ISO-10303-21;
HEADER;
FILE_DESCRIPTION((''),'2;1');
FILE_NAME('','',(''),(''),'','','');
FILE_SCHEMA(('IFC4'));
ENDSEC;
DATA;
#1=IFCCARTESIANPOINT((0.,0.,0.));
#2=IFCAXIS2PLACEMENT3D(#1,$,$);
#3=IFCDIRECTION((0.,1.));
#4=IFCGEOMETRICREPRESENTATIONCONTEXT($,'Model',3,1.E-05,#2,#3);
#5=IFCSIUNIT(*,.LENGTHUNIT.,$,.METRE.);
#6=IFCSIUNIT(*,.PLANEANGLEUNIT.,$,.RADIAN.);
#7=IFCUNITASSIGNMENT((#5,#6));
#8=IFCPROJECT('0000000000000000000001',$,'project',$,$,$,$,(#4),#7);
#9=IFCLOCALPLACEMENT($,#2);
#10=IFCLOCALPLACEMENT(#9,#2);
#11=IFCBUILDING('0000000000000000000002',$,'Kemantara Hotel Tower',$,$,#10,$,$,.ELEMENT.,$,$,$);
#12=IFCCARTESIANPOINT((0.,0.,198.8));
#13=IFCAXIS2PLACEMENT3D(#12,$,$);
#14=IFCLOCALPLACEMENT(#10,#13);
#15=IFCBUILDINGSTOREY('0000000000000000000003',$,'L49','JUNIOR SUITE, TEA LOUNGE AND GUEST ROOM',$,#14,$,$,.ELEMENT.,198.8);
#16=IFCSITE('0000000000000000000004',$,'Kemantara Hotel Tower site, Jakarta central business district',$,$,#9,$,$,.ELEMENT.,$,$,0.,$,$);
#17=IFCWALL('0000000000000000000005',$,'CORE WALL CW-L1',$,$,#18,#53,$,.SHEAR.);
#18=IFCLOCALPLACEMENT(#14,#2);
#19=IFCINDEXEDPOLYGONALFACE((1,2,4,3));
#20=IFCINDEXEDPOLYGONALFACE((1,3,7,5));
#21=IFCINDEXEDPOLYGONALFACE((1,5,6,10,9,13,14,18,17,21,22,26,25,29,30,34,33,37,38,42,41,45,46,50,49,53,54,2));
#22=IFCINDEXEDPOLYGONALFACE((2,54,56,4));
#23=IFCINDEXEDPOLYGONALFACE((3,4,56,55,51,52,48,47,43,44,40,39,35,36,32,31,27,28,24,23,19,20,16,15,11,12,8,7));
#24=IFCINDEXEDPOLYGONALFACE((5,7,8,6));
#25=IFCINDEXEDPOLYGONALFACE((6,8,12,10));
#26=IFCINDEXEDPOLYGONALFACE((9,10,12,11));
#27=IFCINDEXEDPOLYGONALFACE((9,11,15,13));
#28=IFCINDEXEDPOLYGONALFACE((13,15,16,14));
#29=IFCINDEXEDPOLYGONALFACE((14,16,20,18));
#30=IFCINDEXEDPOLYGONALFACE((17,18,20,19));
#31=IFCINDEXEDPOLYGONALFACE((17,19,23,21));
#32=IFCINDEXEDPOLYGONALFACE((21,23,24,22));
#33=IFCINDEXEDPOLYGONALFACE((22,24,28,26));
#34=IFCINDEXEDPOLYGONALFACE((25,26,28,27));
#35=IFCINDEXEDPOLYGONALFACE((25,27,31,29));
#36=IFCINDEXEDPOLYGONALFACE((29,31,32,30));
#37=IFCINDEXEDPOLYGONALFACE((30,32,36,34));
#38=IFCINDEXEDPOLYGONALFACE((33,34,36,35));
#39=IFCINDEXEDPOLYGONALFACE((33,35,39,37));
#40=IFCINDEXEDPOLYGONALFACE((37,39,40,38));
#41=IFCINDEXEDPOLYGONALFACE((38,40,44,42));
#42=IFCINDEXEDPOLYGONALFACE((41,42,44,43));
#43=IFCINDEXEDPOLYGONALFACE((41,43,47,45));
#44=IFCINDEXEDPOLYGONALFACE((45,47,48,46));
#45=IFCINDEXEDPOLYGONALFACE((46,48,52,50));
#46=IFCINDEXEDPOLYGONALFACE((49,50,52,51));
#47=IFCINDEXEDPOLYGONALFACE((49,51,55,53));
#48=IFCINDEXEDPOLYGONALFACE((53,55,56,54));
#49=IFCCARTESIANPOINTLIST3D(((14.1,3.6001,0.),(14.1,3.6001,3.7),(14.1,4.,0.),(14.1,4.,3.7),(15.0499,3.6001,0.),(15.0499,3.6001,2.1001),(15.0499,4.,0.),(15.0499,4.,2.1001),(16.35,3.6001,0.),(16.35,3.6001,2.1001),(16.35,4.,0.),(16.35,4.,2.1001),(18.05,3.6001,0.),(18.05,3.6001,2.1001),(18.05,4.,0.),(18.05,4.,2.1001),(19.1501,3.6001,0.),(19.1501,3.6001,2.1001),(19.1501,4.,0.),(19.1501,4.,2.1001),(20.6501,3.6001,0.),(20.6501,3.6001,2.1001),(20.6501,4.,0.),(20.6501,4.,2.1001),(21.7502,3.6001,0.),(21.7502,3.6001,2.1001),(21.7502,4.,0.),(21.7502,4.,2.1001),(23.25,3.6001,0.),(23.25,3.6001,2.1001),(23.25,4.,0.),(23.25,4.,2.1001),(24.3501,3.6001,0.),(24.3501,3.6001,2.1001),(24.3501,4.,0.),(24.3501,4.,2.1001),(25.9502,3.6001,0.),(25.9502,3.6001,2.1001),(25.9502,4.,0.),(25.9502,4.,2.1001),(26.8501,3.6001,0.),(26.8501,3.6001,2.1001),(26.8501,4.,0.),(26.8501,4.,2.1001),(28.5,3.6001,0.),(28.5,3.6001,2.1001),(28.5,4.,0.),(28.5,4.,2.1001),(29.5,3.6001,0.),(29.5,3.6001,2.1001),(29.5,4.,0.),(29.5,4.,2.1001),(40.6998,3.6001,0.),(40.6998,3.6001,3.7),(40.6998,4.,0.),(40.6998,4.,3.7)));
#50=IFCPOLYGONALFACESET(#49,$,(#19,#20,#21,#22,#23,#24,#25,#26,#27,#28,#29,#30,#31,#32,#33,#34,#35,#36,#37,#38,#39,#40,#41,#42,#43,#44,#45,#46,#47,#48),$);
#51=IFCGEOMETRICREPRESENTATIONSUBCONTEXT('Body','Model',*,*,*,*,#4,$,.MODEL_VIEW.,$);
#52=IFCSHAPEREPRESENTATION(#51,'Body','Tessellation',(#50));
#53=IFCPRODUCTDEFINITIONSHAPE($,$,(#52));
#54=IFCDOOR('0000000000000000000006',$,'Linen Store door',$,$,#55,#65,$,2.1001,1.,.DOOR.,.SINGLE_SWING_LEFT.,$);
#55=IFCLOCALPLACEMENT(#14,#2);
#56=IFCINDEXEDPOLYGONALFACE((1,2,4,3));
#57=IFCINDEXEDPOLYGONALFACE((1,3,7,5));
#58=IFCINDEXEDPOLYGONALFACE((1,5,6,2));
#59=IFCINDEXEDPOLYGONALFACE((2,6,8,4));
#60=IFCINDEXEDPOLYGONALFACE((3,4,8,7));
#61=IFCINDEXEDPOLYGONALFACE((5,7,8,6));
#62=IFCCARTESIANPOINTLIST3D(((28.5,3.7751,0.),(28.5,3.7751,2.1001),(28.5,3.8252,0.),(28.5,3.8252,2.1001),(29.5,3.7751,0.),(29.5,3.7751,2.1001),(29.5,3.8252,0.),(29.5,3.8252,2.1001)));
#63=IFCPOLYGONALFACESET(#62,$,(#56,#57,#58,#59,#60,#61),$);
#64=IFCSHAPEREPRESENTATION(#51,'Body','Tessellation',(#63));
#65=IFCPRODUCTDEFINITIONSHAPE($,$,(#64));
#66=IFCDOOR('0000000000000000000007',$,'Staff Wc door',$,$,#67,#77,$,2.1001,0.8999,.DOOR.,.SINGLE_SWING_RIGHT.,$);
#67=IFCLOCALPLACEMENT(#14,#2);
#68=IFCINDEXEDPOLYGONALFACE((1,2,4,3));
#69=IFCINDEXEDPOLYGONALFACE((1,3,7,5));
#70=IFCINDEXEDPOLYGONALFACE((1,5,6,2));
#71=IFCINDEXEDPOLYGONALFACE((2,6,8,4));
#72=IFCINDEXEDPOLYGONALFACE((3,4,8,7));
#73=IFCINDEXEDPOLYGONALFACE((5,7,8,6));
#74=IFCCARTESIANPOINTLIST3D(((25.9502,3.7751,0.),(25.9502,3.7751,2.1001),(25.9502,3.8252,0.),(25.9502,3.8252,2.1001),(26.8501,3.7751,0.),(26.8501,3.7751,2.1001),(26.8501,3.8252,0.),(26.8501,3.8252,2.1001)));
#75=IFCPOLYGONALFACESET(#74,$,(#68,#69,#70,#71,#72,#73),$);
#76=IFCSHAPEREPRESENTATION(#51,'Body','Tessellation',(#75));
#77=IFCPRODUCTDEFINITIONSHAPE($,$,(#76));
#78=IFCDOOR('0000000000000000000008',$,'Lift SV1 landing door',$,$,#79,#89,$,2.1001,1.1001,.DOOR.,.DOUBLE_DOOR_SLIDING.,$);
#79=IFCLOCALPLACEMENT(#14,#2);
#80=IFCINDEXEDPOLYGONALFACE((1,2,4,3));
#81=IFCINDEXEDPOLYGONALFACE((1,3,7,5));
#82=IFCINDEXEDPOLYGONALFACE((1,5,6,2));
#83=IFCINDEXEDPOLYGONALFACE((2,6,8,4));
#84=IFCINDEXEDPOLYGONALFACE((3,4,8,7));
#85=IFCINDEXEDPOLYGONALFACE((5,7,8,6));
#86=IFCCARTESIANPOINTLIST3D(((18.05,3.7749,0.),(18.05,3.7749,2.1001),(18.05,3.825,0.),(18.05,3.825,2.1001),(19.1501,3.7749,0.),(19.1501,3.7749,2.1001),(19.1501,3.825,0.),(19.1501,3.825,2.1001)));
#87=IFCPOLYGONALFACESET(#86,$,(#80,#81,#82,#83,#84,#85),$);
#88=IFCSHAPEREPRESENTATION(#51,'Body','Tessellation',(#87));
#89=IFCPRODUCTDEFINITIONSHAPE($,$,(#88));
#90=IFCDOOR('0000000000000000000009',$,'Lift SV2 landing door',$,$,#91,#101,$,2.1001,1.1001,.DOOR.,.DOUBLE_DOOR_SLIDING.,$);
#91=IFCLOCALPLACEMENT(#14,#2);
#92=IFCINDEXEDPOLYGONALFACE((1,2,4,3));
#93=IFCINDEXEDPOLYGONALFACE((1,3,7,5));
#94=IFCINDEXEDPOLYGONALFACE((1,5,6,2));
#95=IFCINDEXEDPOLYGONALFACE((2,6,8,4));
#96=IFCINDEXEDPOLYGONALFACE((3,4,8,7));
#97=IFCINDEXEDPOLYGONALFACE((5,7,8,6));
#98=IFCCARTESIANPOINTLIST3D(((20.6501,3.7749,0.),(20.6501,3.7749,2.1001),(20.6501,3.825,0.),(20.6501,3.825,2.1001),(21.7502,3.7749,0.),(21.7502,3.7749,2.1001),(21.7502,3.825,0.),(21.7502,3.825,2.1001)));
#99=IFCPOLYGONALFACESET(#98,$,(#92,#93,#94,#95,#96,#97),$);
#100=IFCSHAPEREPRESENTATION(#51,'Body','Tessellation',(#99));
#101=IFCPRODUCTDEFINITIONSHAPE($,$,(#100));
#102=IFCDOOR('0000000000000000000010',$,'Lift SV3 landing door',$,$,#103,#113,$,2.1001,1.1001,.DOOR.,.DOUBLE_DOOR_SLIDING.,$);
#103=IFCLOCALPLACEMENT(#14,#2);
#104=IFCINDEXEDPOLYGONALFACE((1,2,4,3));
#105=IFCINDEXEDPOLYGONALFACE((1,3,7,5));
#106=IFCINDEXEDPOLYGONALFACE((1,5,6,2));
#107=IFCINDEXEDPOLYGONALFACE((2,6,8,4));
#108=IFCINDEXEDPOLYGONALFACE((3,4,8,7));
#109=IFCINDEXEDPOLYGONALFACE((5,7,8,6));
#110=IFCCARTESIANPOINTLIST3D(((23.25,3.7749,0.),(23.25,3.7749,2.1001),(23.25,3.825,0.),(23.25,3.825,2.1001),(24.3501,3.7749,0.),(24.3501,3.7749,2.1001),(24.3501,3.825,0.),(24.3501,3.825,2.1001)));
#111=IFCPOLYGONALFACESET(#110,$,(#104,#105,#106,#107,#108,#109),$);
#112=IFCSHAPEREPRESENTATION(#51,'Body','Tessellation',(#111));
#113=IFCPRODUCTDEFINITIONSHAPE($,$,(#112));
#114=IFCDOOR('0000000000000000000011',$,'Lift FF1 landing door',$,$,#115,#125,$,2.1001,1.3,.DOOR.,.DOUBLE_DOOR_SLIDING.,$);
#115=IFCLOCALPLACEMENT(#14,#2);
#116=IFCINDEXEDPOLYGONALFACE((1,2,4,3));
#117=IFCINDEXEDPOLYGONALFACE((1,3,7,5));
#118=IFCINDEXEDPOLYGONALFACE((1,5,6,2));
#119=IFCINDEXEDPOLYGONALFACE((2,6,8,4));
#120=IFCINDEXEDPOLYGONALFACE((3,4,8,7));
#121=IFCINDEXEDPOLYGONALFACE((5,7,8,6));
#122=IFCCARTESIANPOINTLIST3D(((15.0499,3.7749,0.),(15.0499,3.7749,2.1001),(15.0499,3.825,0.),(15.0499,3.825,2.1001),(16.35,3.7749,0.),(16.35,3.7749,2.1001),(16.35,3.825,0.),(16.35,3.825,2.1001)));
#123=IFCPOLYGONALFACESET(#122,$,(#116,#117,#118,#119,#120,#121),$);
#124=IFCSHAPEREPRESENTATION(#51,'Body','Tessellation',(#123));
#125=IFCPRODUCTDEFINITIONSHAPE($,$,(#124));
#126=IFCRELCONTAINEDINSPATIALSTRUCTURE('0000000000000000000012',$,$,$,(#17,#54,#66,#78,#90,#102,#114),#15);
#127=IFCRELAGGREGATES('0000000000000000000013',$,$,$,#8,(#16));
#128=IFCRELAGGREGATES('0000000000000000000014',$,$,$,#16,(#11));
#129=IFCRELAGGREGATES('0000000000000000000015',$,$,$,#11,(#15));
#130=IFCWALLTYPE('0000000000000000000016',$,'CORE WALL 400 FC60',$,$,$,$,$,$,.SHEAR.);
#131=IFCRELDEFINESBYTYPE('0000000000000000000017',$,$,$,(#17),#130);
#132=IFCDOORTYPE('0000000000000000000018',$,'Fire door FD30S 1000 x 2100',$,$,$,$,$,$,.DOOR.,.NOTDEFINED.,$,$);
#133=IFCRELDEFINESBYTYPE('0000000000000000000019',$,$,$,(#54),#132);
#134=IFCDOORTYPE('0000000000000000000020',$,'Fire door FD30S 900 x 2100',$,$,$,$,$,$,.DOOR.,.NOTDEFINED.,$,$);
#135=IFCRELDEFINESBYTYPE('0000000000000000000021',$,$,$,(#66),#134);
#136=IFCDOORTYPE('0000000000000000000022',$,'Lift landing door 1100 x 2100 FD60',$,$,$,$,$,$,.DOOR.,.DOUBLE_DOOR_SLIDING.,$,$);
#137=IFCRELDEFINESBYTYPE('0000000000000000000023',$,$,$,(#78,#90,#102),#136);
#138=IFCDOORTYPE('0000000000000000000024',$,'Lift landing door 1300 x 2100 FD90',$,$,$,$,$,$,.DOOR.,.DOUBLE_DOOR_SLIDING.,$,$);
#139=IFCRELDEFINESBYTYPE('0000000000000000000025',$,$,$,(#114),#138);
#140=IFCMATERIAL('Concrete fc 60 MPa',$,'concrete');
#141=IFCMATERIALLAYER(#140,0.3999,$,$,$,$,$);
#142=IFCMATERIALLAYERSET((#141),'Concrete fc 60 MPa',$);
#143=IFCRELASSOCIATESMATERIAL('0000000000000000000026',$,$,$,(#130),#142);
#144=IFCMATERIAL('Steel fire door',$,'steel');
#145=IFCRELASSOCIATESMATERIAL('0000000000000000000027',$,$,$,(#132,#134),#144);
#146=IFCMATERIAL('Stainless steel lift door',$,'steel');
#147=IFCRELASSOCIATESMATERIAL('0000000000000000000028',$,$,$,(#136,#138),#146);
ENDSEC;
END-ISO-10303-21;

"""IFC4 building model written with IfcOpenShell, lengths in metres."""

from ifc_helpers import new_model, si_unit, direction, frame, frame_2d, origin, place, context, subcontext, project, spatial, rectangle, extrude, material, layer, layer_set, type_object, element, fill, save


model = new_model("IFC4")

# Units and contexts
model_context = context("Model", 3, precision=1e-05, world=origin(), true_north=direction((0.0, 1.0)))
body_context = subcontext(model_context, "Body", "Model", "MODEL_VIEW")
ifc_project = project(units=[si_unit("LENGTHUNIT", "METRE"), si_unit("PLANEANGLEUNIT", "RADIAN")], contexts=[model_context])

# Site, building, storey
site_placement = place(None, origin())
site = spatial("IfcSite", under=ifc_project, at=site_placement, Name="Kemantara Hotel Tower site, Jakarta central business district", CompositionType="ELEMENT", RefElevation=0.0)
building_placement = place(site_placement, origin())
building = spatial("IfcBuilding", under=site, at=building_placement, Name="Kemantara Hotel Tower", CompositionType="ELEMENT")
storey_placement = place(building_placement, frame((0.0, 0.0, 198.8)))
storey = spatial("IfcBuildingStorey", under=building, at=storey_placement, Name="L49", Description="JUNIOR SUITE, TEA LOUNGE AND GUEST ROOM", CompositionType="ELEMENT", Elevation=198.8)

# Shared definitions
ifc_material_1 = material(Name="Concrete fc 60 MPa", Category="concrete")
ifc_layer_1 = layer(ifc_material_1, 0.3999)
ifc_layer_set_1 = layer_set([ifc_layer_1], Name="Concrete fc 60 MPa")
wall_type_1 = type_object("IfcWallType", Name="CORE WALL 400 FC60", PredefinedType="SHEAR", material=ifc_layer_set_1)

# Wall, openings, doors
wall_1_placement = place(storey_placement, frame((14.1001, 3.8, 0.0), z_axis=(0.0, 0.0, 1.0), x_axis=(1.0, 0.0, 0.0)))
wall_1 = element("IfcWall", 1, at=wall_1_placement, inside=storey, type_object=wall_type_1, Name="CORE WALL CW-L1", PredefinedType="SHEAR", context=body_context, shape_type="SweptSolid", body=[
    extrude(rectangle(XDim=26.5999, YDim=0.3999, at=frame_2d((13.2998, 0.0))), origin(), (0.0, 0.0, 1.0), 3.7),
])
opening_1_placement = place(wall_1_placement, frame((0.95, 0.0, 0.0)))
opening_1 = element("IfcOpeningElement", 2, at=opening_1_placement, cuts=wall_1, PredefinedType="OPENING", context=body_context, shape_type="SweptSolid", body=[
    extrude(rectangle(XDim=1.3, YDim=2.1001, at=frame_2d((0.6499, 1.05))), frame((0.0, 0.21, 0.0), z_axis=(0.0, -1.0, 0.0), x_axis=(1.0, 0.0, 0.0)), (0.0, 0.0, 1.0), 0.4199),
])
opening_2_placement = place(wall_1_placement, frame((3.95, 0.0, 0.0)))
opening_2 = element("IfcOpeningElement", 3, at=opening_2_placement, cuts=wall_1, PredefinedType="OPENING", context=body_context, shape_type="SweptSolid", body=[
    extrude(rectangle(XDim=1.1001, YDim=2.1001, at=frame_2d((0.55, 1.05))), frame((0.0, 0.21, 0.0), z_axis=(0.0, -1.0, 0.0), x_axis=(1.0, 0.0, 0.0)), (0.0, 0.0, 1.0), 0.4199),
])
opening_3_placement = place(wall_1_placement, frame((6.55, 0.0, 0.0)))
opening_3 = element("IfcOpeningElement", 4, at=opening_3_placement, cuts=wall_1, PredefinedType="OPENING", context=body_context, shape_type="SweptSolid", body=[
    extrude(rectangle(XDim=1.1001, YDim=2.1001, at=frame_2d((0.55, 1.05))), frame((0.0, 0.21, 0.0), z_axis=(0.0, -1.0, 0.0), x_axis=(1.0, 0.0, 0.0)), (0.0, 0.0, 1.0), 0.4199),
])
opening_4_placement = place(wall_1_placement, frame((9.1499, 0.0, 0.0)))
opening_4 = element("IfcOpeningElement", 5, at=opening_4_placement, cuts=wall_1, PredefinedType="OPENING", context=body_context, shape_type="SweptSolid", body=[
    extrude(rectangle(XDim=1.1001, YDim=2.1001, at=frame_2d((0.55, 1.05))), frame((0.0, 0.21, 0.0), z_axis=(0.0, -1.0, 0.0), x_axis=(1.0, 0.0, 0.0)), (0.0, 0.0, 1.0), 0.4199),
])
opening_5_placement = place(wall_1_placement, frame((11.8501, 0.0, 0.0)))
opening_5 = element("IfcOpeningElement", 6, at=opening_5_placement, cuts=wall_1, PredefinedType="OPENING", context=body_context, shape_type="SweptSolid", body=[
    extrude(rectangle(XDim=0.8999, YDim=2.1001, at=frame_2d((0.45, 1.05))), frame((0.0, 0.21, 0.0), z_axis=(0.0, -1.0, 0.0), x_axis=(1.0, 0.0, 0.0)), (0.0, 0.0, 1.0), 0.4199),
])
opening_6_placement = place(wall_1_placement, frame((14.3999, 0.0, 0.0)))
opening_6 = element("IfcOpeningElement", 7, at=opening_6_placement, cuts=wall_1, PredefinedType="OPENING", context=body_context, shape_type="SweptSolid", body=[
    extrude(rectangle(XDim=1.0, YDim=2.1001, at=frame_2d((0.5, 1.05))), frame((0.0, 0.21, 0.0), z_axis=(0.0, -1.0, 0.0), x_axis=(1.0, 0.0, 0.0)), (0.0, 0.0, 1.0), 0.4199),
])
ifc_material_2 = material(Name="Steel fire door", Category="steel")
door_type_1 = type_object("IfcDoorType", Name="Fire door FD30S 1000 x 2100", OperationType="NOTDEFINED", PredefinedType="DOOR", material=ifc_material_2)
door_1_placement = place(opening_6_placement, frame((1.0, 0.0, 0.0), z_axis=(0.0, 0.0, 1.0), x_axis=(-1.0, 0.0, 0.0)))
door_1 = element("IfcDoor", 8, at=door_1_placement, inside=storey, type_object=door_type_1, Name="Linen Store door", OperationType="SINGLE_SWING_LEFT", OverallHeight=2.1001, OverallWidth=1.0, PredefinedType="DOOR", context=body_context, shape_type="SweptSolid", body=[
    extrude(rectangle(XDim=1.0, YDim=2.1001, at=frame_2d((0.5, 1.05))), frame((0.0, 0.0249, 0.0), z_axis=(0.0, -1.0, 0.0), x_axis=(1.0, 0.0, 0.0)), (0.0, 0.0, 1.0), 0.05),
])
fill(opening_6, door_1)
door_type_2 = type_object("IfcDoorType", Name="Fire door FD30S 900 x 2100", OperationType="NOTDEFINED", PredefinedType="DOOR", material=ifc_material_2)
door_2_placement = place(opening_5_placement, frame((0.8999, 0.0, 0.0), z_axis=(0.0, 0.0, 1.0), x_axis=(-1.0, 0.0, 0.0)))
door_2 = element("IfcDoor", 9, at=door_2_placement, inside=storey, type_object=door_type_2, Name="Staff Wc door", OperationType="SINGLE_SWING_RIGHT", OverallHeight=2.1001, OverallWidth=0.8999, PredefinedType="DOOR", context=body_context, shape_type="SweptSolid", body=[
    extrude(rectangle(XDim=0.8999, YDim=2.1001, at=frame_2d((0.45, 1.05))), frame((0.0, 0.0249, 0.0), z_axis=(0.0, -1.0, 0.0), x_axis=(1.0, 0.0, 0.0)), (0.0, 0.0, 1.0), 0.05),
])
fill(opening_5, door_2)
ifc_material_3 = material(Name="Stainless steel lift door", Category="steel")
door_type_3 = type_object("IfcDoorType", Name="Lift landing door 1100 x 2100 FD60", OperationType="DOUBLE_DOOR_SLIDING", PredefinedType="DOOR", material=ifc_material_3)
door_3_placement = place(opening_2_placement, origin())
door_3 = element("IfcDoor", 10, at=door_3_placement, inside=storey, type_object=door_type_3, Name="Lift SV1 landing door", OperationType="DOUBLE_DOOR_SLIDING", OverallHeight=2.1001, OverallWidth=1.1001, PredefinedType="DOOR", context=body_context, shape_type="SweptSolid", body=[
    extrude(rectangle(XDim=1.1001, YDim=2.1001, at=frame_2d((0.55, 1.05))), frame((0.0, 0.0249, 0.0), z_axis=(0.0, -1.0, 0.0), x_axis=(1.0, 0.0, 0.0)), (0.0, 0.0, 1.0), 0.05),
])
fill(opening_2, door_3)
door_4_placement = place(opening_3_placement, origin())
door_4 = element("IfcDoor", 11, at=door_4_placement, inside=storey, type_object=door_type_3, Name="Lift SV2 landing door", OperationType="DOUBLE_DOOR_SLIDING", OverallHeight=2.1001, OverallWidth=1.1001, PredefinedType="DOOR", context=body_context, shape_type="SweptSolid", body=[
    extrude(rectangle(XDim=1.1001, YDim=2.1001, at=frame_2d((0.55, 1.05))), frame((0.0, 0.0249, 0.0), z_axis=(0.0, -1.0, 0.0), x_axis=(1.0, 0.0, 0.0)), (0.0, 0.0, 1.0), 0.05),
])
fill(opening_3, door_4)
door_5_placement = place(opening_4_placement, origin())
door_5 = element("IfcDoor", 12, at=door_5_placement, inside=storey, type_object=door_type_3, Name="Lift SV3 landing door", OperationType="DOUBLE_DOOR_SLIDING", OverallHeight=2.1001, OverallWidth=1.1001, PredefinedType="DOOR", context=body_context, shape_type="SweptSolid", body=[
    extrude(rectangle(XDim=1.1001, YDim=2.1001, at=frame_2d((0.55, 1.05))), frame((0.0, 0.0249, 0.0), z_axis=(0.0, -1.0, 0.0), x_axis=(1.0, 0.0, 0.0)), (0.0, 0.0, 1.0), 0.05),
])
fill(opening_4, door_5)
door_type_4 = type_object("IfcDoorType", Name="Lift landing door 1300 x 2100 FD90", OperationType="DOUBLE_DOOR_SLIDING", PredefinedType="DOOR", material=ifc_material_3)
door_6_placement = place(opening_1_placement, origin())
door_6 = element("IfcDoor", 13, at=door_6_placement, inside=storey, type_object=door_type_4, Name="Lift FF1 landing door", OperationType="DOUBLE_DOOR_SLIDING", OverallHeight=2.1001, OverallWidth=1.3, PredefinedType="DOOR", context=body_context, shape_type="SweptSolid", body=[
    extrude(rectangle(XDim=1.3, YDim=2.1001, at=frame_2d((0.6499, 1.05))), frame((0.0, 0.0249, 0.0), z_axis=(0.0, -1.0, 0.0), x_axis=(1.0, 0.0, 0.0)), (0.0, 0.0, 1.0), 0.05),
])
fill(opening_1, door_6)

save(model, "model.ifc")
